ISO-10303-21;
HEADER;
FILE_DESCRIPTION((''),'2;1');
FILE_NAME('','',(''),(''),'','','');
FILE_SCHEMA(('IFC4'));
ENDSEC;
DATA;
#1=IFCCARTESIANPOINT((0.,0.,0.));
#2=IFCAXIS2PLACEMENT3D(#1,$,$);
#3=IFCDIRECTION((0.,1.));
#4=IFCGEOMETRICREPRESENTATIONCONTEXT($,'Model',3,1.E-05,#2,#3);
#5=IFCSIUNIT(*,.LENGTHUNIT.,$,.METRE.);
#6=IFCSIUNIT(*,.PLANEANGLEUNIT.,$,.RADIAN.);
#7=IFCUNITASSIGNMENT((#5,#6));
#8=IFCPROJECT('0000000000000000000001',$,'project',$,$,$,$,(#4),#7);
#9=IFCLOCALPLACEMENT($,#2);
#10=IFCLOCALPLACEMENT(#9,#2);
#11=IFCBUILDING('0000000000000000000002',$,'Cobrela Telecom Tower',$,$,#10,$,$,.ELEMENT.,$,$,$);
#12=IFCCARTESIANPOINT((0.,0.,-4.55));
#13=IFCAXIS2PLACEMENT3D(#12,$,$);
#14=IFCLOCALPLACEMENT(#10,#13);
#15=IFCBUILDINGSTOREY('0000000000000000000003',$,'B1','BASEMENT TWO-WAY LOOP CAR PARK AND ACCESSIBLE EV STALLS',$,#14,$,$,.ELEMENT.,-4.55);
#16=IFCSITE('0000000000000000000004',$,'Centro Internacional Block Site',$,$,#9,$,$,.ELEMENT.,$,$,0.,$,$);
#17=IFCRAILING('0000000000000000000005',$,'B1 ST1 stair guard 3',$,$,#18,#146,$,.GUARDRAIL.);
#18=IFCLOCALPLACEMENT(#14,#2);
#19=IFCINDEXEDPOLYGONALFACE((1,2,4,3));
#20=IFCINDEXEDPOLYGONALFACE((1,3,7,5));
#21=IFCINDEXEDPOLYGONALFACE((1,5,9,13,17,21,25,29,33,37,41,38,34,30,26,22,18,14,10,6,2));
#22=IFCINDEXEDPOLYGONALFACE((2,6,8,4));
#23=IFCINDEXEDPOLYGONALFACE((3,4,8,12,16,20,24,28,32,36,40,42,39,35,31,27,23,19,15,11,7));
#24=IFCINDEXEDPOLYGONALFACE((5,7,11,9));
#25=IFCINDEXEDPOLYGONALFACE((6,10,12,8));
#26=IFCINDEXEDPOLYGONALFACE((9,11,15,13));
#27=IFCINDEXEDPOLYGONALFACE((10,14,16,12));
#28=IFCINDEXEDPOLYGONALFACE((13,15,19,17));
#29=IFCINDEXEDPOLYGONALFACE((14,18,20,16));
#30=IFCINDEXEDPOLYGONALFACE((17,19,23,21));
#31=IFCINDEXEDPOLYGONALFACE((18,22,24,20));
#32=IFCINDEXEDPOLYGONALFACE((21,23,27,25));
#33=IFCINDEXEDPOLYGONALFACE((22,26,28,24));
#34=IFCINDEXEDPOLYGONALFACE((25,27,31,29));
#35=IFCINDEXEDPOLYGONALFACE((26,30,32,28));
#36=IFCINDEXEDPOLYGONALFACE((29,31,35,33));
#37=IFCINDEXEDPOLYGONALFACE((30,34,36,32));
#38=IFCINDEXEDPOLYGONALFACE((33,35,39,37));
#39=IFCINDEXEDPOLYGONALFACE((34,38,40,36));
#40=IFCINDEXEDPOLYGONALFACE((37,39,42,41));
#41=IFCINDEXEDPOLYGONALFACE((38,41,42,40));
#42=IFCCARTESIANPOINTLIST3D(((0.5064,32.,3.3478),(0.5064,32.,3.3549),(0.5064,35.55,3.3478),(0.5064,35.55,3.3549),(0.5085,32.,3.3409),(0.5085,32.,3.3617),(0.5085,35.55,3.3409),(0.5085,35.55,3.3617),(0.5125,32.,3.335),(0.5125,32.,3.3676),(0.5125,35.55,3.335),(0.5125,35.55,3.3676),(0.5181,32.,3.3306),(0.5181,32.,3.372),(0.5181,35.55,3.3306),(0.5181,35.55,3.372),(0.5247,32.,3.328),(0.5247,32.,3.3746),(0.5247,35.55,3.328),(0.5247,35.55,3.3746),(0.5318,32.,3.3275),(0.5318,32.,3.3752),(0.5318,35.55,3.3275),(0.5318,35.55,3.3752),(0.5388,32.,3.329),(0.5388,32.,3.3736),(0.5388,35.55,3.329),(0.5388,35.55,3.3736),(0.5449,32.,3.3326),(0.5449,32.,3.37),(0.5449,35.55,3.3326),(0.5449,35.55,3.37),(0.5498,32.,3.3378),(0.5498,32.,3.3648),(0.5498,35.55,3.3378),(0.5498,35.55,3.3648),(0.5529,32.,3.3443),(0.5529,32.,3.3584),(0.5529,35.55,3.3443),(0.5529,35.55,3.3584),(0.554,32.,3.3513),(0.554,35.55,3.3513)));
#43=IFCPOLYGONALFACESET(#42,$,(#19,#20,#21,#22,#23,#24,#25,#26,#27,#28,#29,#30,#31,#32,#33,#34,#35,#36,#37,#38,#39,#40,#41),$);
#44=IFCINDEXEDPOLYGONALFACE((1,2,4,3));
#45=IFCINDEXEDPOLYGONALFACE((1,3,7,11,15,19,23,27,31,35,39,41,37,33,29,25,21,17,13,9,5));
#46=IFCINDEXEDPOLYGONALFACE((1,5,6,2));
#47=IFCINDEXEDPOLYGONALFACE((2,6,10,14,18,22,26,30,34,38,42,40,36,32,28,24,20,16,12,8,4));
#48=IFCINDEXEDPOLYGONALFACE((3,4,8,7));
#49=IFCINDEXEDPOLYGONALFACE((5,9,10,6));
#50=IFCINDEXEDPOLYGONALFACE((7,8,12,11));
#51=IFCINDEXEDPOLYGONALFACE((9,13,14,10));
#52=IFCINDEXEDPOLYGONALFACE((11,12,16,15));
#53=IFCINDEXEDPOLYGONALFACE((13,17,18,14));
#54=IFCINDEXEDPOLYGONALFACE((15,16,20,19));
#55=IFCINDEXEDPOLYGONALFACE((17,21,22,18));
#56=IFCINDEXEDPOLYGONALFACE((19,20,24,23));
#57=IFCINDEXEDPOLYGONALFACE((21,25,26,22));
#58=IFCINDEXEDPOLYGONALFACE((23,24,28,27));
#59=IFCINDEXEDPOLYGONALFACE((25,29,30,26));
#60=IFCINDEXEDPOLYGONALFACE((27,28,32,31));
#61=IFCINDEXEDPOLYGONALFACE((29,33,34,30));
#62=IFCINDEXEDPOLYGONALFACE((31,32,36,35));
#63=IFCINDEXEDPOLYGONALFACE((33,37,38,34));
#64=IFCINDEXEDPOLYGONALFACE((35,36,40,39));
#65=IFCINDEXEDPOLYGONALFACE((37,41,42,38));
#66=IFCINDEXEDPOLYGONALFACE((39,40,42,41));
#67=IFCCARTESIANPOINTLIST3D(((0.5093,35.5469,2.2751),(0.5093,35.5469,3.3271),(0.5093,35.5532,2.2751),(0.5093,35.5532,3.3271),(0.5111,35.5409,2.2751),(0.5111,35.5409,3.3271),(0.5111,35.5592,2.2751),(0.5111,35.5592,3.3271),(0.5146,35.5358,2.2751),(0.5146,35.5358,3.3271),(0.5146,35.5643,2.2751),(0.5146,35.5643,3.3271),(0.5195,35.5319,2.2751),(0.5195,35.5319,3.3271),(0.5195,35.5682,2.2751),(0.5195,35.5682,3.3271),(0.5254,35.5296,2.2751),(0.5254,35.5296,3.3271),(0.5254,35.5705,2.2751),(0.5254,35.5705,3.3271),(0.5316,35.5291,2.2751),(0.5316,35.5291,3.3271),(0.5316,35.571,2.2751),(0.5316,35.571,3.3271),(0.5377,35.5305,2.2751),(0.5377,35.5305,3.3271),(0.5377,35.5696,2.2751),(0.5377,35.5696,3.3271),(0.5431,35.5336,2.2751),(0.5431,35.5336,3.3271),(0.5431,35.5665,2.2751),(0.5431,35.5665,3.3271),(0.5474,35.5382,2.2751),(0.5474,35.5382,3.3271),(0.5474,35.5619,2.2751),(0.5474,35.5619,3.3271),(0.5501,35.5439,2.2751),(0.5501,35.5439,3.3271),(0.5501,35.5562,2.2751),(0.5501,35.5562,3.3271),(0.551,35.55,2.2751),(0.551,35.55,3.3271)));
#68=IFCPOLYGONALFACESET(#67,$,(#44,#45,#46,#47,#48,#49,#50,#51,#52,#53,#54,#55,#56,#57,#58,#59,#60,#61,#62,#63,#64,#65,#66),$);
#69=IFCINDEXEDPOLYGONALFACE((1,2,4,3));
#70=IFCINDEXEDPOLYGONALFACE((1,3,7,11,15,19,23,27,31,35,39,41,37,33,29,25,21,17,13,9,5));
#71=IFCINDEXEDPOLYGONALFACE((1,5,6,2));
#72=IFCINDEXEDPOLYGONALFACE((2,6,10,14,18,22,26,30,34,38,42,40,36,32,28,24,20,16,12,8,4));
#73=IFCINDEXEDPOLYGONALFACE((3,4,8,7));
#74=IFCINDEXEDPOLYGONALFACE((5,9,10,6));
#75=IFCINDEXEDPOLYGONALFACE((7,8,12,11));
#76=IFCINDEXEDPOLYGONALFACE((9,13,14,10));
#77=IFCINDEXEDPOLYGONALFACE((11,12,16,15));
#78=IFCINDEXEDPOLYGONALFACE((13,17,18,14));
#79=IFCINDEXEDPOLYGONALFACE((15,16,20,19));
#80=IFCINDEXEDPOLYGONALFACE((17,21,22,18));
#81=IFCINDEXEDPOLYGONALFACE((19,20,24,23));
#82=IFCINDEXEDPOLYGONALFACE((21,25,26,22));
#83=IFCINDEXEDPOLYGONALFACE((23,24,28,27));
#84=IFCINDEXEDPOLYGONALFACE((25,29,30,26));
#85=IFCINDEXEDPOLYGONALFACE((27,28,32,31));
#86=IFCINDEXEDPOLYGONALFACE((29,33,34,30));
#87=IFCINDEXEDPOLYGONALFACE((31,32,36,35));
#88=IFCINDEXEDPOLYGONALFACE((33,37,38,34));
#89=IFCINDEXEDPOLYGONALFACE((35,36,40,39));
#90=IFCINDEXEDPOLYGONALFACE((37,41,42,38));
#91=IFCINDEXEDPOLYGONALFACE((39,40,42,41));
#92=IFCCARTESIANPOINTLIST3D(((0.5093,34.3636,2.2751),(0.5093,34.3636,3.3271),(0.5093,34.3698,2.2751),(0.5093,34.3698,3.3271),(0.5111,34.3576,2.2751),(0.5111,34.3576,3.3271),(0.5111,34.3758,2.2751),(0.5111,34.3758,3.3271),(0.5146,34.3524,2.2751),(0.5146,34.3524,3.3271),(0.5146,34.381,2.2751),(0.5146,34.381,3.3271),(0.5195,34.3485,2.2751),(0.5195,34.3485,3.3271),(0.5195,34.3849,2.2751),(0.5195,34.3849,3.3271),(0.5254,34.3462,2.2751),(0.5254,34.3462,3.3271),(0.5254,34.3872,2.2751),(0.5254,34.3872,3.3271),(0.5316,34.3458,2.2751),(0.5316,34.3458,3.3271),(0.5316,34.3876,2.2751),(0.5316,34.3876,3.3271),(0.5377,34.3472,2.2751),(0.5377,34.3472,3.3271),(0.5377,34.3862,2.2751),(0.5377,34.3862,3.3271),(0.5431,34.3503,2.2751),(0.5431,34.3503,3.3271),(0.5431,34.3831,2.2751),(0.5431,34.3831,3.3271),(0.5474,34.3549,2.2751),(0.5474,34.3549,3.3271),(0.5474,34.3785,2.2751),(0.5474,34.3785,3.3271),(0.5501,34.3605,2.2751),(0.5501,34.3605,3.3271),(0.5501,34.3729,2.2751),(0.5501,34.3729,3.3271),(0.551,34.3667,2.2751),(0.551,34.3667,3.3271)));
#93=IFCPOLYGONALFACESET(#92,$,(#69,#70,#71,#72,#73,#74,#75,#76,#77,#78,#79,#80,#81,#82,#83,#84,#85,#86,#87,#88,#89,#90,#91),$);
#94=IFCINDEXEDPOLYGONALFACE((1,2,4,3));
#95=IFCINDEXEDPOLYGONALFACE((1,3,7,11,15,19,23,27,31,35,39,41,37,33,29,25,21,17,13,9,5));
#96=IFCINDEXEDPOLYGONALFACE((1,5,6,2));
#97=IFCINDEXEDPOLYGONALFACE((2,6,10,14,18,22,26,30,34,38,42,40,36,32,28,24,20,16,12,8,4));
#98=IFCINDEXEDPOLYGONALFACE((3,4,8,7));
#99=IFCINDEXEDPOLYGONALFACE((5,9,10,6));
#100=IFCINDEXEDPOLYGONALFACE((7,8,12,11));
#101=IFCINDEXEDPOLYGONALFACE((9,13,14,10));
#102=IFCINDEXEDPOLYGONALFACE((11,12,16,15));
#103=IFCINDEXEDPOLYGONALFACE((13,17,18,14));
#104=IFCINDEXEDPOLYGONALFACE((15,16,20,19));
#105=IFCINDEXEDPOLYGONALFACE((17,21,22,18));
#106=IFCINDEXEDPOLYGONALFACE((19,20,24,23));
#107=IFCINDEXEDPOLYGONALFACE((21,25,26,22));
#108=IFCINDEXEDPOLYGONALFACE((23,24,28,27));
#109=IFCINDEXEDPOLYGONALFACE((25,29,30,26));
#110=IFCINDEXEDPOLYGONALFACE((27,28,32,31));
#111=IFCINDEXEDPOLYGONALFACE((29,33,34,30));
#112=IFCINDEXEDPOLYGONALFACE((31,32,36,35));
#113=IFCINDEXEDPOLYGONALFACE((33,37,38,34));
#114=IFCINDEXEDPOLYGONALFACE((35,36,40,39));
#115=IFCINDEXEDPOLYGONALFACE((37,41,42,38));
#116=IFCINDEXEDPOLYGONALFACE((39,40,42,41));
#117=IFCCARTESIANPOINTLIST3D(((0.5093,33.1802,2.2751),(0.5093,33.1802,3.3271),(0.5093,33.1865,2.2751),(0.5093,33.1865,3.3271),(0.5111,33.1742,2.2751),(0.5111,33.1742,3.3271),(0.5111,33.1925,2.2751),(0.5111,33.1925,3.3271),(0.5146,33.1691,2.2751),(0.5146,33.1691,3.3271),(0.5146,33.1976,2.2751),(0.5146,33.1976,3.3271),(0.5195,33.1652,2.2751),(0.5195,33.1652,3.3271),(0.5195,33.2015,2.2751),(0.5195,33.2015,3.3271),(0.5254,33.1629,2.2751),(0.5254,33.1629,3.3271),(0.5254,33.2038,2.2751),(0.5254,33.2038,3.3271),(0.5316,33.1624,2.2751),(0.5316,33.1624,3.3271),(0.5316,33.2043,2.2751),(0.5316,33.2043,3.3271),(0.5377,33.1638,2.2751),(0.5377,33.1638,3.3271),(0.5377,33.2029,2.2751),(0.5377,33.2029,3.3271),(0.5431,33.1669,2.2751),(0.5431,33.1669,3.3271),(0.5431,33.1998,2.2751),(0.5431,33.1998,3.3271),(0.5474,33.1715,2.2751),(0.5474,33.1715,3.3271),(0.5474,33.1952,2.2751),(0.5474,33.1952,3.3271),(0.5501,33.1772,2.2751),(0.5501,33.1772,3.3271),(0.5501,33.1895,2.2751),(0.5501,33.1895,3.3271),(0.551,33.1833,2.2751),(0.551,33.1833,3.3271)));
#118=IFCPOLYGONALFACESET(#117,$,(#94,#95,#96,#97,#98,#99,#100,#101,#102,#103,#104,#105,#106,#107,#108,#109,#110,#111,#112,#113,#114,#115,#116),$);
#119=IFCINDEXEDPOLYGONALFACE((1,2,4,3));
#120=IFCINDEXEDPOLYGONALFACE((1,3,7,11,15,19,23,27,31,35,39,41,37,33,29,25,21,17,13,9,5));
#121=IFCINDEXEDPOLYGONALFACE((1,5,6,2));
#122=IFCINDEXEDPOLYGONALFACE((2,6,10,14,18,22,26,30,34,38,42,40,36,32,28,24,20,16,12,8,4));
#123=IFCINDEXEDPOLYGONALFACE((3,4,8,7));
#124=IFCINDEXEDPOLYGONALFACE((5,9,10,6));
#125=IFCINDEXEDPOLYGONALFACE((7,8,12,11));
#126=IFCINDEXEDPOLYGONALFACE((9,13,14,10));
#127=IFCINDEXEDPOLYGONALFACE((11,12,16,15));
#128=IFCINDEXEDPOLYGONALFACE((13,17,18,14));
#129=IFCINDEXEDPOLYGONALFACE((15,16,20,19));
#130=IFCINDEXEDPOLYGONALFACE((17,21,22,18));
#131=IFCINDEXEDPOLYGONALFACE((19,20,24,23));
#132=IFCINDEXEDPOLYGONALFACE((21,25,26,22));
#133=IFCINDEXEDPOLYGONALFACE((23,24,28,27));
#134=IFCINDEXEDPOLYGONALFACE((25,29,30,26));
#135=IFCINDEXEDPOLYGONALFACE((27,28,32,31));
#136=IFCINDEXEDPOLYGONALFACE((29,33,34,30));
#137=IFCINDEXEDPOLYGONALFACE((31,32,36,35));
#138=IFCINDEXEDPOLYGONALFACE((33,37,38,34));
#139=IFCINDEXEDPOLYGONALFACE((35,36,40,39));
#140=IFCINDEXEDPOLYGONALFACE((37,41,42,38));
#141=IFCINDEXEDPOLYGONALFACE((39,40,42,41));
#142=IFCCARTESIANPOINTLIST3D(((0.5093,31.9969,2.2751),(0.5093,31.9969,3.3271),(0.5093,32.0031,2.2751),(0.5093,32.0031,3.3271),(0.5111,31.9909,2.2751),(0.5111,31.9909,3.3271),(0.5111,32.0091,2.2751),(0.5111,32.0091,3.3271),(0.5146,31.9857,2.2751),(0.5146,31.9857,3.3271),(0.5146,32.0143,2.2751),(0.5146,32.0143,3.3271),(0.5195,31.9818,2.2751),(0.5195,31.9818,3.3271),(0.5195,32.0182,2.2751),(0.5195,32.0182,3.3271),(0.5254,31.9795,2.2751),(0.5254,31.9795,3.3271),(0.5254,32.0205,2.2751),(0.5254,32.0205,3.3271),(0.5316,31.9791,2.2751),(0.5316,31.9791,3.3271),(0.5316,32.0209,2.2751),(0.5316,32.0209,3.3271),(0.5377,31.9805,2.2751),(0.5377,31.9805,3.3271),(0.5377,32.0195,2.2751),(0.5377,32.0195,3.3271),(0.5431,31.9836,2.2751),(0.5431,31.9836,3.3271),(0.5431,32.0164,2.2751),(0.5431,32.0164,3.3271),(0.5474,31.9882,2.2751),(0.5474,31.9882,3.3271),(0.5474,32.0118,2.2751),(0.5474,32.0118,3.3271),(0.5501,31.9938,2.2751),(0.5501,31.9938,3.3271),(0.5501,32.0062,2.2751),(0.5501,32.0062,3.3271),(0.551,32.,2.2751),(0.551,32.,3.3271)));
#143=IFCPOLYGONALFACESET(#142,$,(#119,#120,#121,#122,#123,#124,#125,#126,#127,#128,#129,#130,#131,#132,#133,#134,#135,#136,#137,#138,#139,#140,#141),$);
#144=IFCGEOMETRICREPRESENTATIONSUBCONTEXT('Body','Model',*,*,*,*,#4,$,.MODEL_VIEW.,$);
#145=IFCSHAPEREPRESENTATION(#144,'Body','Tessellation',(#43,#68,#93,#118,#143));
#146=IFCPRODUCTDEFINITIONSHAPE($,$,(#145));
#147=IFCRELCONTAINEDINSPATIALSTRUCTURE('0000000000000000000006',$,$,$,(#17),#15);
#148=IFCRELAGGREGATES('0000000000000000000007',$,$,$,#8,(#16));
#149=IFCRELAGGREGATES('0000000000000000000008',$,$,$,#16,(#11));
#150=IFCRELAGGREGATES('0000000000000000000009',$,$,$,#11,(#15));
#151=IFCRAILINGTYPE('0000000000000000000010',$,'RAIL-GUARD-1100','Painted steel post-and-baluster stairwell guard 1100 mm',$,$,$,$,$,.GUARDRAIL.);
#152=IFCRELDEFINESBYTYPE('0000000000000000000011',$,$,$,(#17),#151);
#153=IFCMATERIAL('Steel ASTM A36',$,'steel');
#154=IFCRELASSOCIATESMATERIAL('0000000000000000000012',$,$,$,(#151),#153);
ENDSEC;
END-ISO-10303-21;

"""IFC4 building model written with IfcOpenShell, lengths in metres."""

from ifc_helpers import new_model, si_unit, direction, frame, origin, origin_2d, place, context, subcontext, project, spatial, circle, extrude, material, type_object, element, save


model = new_model("IFC4")

# Units and contexts
model_context = context("Model", 3, precision=1e-05, world=origin(), true_north=direction((0.0, 1.0)))
body_context = subcontext(model_context, "Body", "Model", "MODEL_VIEW")
ifc_project = project(units=[si_unit("LENGTHUNIT", "METRE"), si_unit("PLANEANGLEUNIT", "RADIAN")], contexts=[model_context])

# Site, building, storey
site_placement = place(None, origin())
site = spatial("IfcSite", under=ifc_project, at=site_placement, Name="Centro Internacional Block Site", CompositionType="ELEMENT", RefElevation=0.0)
building_placement = place(site_placement, origin())
building = spatial("IfcBuilding", under=site, at=building_placement, Name="Cobrela Telecom Tower", CompositionType="ELEMENT")
storey_placement = place(building_placement, frame((0.0, 0.0, -4.55)))
storey = spatial("IfcBuildingStorey", under=building, at=storey_placement, Name="B1", Description="BASEMENT TWO-WAY LOOP CAR PARK AND ACCESSIBLE EV STALLS", CompositionType="ELEMENT", Elevation=-4.55)

# Shared definitions
ifc_material_1 = material(Name="Steel ASTM A36", Category="steel")

# Railing
railing_type_1 = type_object("IfcRailingType", Name="RAIL-GUARD-1100", Description="Painted steel post-and-baluster stairwell guard 1100 mm", PredefinedType="GUARDRAIL", material=ifc_material_1)
railing_1_placement = place(storey_placement, frame((0.53, 35.55, 2.2751)))
element("IfcRailing", 1, at=railing_1_placement, inside=storey, type_object=railing_type_1, Name="B1 ST1 stair guard 3", PredefinedType="GUARDRAIL", context=body_context, shape_type="SweptSolid", body=[
    extrude(circle(Radius=0.0239, at=origin_2d()), frame((0.0, 0.0, 1.0762), z_axis=(0.0, -1.0, 0.0), x_axis=(1.0, 0.0, 0.0)), (0.0, 0.0, 1.0), 3.55),
    extrude(circle(Radius=0.021, at=origin_2d()), origin(), (0.0, 0.0, 1.0), 1.052),
    extrude(circle(Radius=0.021, at=origin_2d()), frame((0.0, -1.1833, 0.0)), (0.0, 0.0, 1.0), 1.052),
    extrude(circle(Radius=0.021, at=origin_2d()), frame((0.0, -2.3667, 0.0)), (0.0, 0.0, 1.0), 1.052),
    extrude(circle(Radius=0.021, at=origin_2d()), frame((0.0, -3.55, 0.0)), (0.0, 0.0, 1.0), 1.052),
])

save(model, "model.ifc")
